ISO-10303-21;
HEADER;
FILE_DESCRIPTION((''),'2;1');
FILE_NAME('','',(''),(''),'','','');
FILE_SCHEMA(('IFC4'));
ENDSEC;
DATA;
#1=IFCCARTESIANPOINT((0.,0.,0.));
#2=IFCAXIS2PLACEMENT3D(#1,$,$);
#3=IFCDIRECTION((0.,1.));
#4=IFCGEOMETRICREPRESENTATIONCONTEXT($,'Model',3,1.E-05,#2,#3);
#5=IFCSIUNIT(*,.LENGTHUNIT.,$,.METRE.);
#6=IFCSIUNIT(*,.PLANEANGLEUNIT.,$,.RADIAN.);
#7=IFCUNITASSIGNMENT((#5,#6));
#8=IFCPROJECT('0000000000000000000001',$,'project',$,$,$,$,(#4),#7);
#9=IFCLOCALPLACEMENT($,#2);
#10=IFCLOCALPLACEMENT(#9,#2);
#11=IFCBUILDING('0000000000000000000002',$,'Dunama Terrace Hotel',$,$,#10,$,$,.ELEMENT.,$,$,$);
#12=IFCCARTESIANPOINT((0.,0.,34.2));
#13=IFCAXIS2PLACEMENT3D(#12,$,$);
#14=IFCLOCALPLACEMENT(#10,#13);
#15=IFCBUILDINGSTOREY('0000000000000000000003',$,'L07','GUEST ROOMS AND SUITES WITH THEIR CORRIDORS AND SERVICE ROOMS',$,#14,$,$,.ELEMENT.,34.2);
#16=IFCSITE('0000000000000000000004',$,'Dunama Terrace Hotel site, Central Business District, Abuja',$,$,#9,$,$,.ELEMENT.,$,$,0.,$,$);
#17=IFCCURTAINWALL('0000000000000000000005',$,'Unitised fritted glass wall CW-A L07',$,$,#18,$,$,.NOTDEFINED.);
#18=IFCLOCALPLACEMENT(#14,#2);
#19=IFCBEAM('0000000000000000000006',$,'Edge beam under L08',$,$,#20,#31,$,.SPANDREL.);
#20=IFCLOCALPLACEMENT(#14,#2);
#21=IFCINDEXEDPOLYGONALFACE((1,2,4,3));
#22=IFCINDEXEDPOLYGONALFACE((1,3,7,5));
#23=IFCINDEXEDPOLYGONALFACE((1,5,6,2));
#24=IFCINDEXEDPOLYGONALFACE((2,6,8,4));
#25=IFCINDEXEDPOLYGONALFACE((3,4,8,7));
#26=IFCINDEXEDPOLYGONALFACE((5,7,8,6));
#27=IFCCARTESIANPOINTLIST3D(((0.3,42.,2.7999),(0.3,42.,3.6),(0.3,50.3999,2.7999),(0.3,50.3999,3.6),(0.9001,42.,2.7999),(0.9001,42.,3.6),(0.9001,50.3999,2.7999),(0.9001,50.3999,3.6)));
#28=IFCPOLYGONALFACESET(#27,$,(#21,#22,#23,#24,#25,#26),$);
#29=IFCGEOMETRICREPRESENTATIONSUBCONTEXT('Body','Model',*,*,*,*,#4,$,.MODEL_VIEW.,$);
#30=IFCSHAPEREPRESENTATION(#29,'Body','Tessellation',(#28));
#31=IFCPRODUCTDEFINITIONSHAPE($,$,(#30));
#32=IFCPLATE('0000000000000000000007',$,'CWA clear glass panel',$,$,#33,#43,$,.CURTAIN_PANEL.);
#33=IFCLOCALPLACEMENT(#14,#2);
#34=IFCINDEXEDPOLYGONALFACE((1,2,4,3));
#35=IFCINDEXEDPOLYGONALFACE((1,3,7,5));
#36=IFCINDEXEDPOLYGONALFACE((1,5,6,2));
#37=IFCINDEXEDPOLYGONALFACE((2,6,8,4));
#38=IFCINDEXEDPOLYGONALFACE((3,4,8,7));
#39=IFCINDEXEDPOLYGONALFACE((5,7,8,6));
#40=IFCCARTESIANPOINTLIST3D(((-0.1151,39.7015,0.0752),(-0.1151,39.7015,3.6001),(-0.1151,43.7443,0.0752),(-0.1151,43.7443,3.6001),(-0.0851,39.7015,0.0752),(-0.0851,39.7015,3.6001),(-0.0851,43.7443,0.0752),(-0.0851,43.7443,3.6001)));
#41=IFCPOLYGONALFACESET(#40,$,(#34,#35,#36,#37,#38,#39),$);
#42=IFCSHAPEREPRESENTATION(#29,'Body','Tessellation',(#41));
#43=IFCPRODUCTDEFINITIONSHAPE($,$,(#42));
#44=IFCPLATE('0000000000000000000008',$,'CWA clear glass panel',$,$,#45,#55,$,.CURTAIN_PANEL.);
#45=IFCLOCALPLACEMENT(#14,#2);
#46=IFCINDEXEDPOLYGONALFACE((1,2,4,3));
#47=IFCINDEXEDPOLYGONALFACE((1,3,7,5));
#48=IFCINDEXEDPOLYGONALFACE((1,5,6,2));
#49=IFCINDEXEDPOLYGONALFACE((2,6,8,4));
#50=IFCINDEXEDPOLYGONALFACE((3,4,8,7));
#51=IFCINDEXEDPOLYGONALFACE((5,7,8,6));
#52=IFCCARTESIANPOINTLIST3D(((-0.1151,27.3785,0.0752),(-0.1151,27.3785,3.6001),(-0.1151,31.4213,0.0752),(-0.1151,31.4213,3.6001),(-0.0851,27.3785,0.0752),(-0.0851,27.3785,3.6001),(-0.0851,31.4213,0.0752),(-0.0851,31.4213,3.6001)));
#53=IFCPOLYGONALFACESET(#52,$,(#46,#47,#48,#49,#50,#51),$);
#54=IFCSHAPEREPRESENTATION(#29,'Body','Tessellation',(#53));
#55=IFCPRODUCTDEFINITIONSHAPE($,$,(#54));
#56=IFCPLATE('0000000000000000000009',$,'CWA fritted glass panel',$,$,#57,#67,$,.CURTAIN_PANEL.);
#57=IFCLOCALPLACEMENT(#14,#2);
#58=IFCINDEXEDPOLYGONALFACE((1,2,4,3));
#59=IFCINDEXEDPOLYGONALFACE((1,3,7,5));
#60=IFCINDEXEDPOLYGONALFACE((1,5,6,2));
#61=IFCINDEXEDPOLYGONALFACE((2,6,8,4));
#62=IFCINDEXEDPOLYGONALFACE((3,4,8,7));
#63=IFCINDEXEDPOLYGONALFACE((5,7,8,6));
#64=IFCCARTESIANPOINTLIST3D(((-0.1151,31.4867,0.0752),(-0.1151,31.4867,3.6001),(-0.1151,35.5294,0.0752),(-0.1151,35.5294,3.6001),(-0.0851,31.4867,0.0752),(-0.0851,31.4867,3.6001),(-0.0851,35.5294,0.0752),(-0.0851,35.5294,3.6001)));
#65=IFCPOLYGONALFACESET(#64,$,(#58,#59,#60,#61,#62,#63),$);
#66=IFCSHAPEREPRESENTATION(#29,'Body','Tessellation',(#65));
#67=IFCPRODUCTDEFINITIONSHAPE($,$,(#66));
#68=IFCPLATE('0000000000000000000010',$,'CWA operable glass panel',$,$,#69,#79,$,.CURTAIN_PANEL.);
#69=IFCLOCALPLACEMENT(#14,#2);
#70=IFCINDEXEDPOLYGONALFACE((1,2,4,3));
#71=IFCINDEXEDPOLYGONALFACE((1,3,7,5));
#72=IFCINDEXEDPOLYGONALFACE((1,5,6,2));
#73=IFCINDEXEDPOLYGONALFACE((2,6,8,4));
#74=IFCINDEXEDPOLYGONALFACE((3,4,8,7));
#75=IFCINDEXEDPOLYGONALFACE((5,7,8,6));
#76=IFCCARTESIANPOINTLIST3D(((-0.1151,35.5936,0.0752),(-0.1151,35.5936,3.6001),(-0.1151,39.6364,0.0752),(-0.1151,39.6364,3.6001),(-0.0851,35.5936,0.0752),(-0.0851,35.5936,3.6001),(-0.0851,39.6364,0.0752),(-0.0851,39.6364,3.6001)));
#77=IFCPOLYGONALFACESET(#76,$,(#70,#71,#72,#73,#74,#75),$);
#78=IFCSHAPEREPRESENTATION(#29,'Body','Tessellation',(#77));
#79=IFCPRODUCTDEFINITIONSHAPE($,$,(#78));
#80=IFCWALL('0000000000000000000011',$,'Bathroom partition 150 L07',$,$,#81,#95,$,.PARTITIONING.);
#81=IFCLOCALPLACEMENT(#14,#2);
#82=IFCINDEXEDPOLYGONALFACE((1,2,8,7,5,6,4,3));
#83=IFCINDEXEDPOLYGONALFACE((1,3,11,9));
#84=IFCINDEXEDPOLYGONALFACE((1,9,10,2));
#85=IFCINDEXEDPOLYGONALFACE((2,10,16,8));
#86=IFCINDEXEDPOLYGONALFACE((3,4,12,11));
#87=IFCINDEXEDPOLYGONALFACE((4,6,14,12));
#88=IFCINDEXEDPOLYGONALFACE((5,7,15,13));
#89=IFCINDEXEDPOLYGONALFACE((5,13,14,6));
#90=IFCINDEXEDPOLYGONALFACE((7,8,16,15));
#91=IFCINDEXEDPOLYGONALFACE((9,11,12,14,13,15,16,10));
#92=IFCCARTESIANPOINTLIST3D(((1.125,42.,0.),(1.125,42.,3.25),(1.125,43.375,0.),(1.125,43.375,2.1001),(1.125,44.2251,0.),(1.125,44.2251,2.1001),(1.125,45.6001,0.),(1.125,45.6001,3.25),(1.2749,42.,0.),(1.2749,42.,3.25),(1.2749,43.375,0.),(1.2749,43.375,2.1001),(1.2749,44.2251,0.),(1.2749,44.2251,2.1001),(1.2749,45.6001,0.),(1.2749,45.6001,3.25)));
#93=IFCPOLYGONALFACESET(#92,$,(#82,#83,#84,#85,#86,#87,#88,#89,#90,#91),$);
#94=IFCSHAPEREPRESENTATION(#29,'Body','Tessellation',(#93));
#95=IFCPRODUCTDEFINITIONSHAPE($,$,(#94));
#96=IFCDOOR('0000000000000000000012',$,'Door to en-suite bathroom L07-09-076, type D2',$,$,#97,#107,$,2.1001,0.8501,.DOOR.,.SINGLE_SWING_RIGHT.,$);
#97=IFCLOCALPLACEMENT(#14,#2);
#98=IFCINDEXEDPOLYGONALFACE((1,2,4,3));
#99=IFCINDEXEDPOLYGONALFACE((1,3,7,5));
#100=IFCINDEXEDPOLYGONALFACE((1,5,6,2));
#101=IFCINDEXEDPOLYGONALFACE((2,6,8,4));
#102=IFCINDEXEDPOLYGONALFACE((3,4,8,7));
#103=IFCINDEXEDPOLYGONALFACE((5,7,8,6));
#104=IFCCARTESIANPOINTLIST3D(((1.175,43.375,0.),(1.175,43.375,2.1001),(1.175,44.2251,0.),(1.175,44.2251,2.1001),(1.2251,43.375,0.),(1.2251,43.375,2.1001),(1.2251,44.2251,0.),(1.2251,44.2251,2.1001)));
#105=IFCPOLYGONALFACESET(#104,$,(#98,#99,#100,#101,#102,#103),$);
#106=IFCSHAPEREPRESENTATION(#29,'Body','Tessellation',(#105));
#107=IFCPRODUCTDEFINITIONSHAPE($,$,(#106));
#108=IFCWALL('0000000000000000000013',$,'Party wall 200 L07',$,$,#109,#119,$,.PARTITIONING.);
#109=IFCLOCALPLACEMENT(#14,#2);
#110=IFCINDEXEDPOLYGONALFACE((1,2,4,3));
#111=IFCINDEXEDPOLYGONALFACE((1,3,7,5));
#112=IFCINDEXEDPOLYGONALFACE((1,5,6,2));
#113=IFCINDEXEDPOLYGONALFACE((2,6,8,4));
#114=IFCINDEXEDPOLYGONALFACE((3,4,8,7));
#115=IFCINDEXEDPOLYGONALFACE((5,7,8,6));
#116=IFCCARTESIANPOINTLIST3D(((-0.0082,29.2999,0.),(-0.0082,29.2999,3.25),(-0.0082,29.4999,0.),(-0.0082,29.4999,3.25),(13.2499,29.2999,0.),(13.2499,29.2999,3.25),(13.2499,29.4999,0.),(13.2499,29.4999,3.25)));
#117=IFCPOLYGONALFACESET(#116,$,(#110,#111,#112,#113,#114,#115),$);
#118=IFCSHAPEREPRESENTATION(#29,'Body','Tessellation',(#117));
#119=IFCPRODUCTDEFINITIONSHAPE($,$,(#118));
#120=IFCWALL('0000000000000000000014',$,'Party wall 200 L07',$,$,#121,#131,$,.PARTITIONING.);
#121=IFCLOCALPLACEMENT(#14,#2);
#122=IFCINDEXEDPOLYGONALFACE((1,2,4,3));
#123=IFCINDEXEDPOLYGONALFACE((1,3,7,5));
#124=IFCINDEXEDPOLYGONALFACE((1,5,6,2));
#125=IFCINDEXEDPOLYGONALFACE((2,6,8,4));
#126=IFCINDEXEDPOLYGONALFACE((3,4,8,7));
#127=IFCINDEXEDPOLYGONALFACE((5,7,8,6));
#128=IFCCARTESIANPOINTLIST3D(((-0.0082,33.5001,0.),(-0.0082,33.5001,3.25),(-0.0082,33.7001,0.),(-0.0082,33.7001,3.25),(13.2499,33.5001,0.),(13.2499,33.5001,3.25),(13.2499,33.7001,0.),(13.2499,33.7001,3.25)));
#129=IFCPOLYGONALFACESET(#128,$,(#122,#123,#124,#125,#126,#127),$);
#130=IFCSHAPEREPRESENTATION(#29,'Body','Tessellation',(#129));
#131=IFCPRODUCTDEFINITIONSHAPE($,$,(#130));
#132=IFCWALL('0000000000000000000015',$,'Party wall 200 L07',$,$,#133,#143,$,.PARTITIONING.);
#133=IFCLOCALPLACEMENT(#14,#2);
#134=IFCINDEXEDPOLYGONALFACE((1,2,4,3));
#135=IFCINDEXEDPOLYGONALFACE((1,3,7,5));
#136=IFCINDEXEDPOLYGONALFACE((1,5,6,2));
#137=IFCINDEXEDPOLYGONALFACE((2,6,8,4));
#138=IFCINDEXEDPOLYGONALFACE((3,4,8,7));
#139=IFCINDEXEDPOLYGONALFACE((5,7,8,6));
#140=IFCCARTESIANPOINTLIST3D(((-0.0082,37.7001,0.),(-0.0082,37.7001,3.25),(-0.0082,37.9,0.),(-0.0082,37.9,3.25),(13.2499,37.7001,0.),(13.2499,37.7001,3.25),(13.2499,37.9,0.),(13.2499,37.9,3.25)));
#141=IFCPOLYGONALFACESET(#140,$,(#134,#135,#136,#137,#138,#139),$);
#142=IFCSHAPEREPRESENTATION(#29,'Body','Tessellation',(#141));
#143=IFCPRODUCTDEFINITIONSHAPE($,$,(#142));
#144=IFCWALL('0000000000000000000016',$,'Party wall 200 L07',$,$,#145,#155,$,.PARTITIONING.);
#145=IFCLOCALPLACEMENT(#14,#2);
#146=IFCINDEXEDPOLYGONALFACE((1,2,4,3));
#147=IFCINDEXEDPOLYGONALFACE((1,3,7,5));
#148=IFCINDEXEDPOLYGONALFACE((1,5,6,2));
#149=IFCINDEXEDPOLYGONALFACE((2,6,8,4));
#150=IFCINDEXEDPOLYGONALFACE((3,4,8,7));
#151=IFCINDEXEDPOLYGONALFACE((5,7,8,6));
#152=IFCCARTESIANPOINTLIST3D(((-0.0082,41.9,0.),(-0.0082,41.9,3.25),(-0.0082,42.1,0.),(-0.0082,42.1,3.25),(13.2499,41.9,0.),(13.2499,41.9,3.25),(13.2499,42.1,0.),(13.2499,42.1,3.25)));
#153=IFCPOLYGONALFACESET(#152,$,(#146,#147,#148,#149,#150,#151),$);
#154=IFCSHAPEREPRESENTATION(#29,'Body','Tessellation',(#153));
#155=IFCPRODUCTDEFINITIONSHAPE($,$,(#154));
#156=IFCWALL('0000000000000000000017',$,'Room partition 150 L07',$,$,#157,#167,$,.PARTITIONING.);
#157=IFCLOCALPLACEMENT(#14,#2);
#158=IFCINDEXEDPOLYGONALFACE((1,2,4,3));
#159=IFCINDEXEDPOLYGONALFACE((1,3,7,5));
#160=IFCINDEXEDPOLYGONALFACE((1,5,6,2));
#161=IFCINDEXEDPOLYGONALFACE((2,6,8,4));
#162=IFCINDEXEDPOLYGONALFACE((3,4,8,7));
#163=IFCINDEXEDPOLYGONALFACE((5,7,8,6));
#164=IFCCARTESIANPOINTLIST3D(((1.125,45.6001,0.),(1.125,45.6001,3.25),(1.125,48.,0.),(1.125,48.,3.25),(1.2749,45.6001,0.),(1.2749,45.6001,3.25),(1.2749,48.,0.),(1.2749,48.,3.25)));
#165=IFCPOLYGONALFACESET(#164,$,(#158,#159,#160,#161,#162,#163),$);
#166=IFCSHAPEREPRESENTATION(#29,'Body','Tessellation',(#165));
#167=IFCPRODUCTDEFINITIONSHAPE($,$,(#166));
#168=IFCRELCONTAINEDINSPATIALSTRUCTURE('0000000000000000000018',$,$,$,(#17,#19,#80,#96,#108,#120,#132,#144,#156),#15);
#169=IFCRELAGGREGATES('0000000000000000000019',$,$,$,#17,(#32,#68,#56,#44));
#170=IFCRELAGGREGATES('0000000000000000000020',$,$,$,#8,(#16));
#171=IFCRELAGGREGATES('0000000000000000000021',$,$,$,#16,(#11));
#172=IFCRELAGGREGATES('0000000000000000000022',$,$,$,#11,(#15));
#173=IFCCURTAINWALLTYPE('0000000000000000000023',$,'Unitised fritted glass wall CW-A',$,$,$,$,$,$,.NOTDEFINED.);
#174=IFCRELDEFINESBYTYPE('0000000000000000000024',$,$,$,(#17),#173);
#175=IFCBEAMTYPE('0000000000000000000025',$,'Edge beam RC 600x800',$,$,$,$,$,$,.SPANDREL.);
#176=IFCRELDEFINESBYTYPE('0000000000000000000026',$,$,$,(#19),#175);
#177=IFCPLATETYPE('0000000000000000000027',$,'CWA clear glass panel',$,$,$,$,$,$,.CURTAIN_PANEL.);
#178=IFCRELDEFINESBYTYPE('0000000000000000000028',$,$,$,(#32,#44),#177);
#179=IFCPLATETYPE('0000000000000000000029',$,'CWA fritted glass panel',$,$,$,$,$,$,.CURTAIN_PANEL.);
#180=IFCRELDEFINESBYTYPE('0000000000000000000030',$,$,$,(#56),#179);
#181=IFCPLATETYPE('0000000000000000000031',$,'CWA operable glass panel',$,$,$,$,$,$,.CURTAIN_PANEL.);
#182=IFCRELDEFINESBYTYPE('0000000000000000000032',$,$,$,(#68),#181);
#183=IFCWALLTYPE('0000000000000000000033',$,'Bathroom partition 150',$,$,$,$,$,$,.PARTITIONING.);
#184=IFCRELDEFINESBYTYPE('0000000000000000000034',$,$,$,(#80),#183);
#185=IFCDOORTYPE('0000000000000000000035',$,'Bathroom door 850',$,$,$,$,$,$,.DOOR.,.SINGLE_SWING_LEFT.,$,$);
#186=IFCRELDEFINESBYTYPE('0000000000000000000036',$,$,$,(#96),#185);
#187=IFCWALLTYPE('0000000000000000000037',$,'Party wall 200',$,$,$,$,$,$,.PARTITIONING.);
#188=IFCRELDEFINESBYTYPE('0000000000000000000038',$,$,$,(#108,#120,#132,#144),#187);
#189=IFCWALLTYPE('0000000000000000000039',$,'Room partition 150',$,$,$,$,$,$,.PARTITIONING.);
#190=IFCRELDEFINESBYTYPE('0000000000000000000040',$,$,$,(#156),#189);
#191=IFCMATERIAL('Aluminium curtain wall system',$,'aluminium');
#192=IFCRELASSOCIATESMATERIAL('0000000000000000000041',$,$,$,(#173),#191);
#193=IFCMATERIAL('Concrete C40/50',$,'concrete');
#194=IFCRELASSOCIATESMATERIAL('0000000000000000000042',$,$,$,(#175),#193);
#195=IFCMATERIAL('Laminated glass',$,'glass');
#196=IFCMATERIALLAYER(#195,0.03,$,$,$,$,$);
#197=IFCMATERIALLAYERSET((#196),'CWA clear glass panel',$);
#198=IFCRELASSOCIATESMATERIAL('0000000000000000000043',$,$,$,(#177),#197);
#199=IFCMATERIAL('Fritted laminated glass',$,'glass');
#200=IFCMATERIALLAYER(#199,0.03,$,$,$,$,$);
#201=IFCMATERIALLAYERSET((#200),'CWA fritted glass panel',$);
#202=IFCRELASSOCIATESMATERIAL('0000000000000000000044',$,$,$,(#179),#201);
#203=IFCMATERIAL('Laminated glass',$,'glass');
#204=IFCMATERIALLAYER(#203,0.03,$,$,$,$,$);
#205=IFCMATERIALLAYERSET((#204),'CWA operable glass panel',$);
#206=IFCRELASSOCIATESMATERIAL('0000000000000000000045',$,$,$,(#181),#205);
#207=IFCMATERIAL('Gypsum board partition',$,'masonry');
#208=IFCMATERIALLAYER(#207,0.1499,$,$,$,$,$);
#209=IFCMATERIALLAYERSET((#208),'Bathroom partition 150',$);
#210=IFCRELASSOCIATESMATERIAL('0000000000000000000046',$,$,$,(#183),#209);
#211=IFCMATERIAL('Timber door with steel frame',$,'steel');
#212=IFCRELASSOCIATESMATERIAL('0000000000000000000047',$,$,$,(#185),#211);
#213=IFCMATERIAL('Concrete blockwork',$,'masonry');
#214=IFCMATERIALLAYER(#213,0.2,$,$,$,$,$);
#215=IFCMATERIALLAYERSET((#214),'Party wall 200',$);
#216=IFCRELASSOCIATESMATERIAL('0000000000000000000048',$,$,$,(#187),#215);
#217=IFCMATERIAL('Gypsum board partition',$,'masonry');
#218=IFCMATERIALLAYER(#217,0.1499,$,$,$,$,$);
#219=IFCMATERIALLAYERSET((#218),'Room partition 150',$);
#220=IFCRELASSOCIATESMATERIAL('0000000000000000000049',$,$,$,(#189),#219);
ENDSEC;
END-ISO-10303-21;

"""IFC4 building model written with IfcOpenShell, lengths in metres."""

from ifc_helpers import new_model, si_unit, direction, frame, frame_2d, origin, origin_2d, place, context, subcontext, project, spatial, rectangle, extrude, material, layer, layer_set, material_profile, profile_set, type_object, element, fill, aggregate, save


model = new_model("IFC4")

# Units and contexts
model_context = context("Model", 3, precision=1e-05, world=origin(), true_north=direction((0.0, 1.0)))
body_context = subcontext(model_context, "Body", "Model", "MODEL_VIEW")
ifc_project = project(units=[si_unit("LENGTHUNIT", "METRE"), si_unit("PLANEANGLEUNIT", "RADIAN")], contexts=[model_context])

# Site, building, storey
site_placement = place(None, origin())
site = spatial("IfcSite", under=ifc_project, at=site_placement, Name="Dunama Terrace Hotel site, Central Business District, Abuja", CompositionType="ELEMENT", RefElevation=0.0)
building_placement = place(site_placement, origin())
building = spatial("IfcBuilding", under=site, at=building_placement, Name="Dunama Terrace Hotel", CompositionType="ELEMENT")
storey_placement = place(building_placement, frame((0.0, 0.0, 34.2)))
storey = spatial("IfcBuildingStorey", under=building, at=storey_placement, Name="L07", Description="GUEST ROOMS AND SUITES WITH THEIR CORRIDORS AND SERVICE ROOMS", CompositionType="ELEMENT", Elevation=34.2)

# Curtain wall
ifc_material_1 = material(Name="Aluminium curtain wall system", Category="aluminium")
curtain_wall_type = type_object("IfcCurtainWallType", Name="Unitised fritted glass wall CW-A", PredefinedType="NOTDEFINED", material=ifc_material_1)
curtain_wall_placement = place(storey_placement, origin())
curtain_wall = element("IfcCurtainWall", 1, at=curtain_wall_placement, inside=storey, type_object=curtain_wall_type, Name="Unitised fritted glass wall CW-A L07", PredefinedType="NOTDEFINED")

# Beam
ifc_material_2 = material(Name="Concrete C40/50", Category="concrete")
ifc_material_profile_1 = material_profile(ifc_material_2, rectangle(XDim=0.6001, YDim=0.8, at=origin_2d()), Name="RC 600x800")
ifc_profile_set_1 = profile_set([ifc_material_profile_1], Name="Concrete C40/50")
beam_type = type_object("IfcBeamType", Name="Edge beam RC 600x800", PredefinedType="SPANDREL", material=ifc_profile_set_1)
for number, where, z_axis, x_axis, name in (
    (2, (0.6001, 42.0, 3.2), (0.0, 1.0, 0.0), (-1.0, 0.0, 0.0), "Edge beam under L08"),
):
    element("IfcBeam", number, at=place(storey_placement, frame(where, z_axis=z_axis, x_axis=x_axis)), inside=storey, type_object=beam_type, Name=name, PredefinedType="SPANDREL", context=body_context, shape_type="SweptSolid", body=[
        extrude(rectangle(XDim=0.6001, YDim=0.8, at=origin_2d()), origin(), (0.0, 0.0, 1.0), 8.3999),
    ])

# Plates
ifc_material_3 = material(Name="Laminated glass", Category="glass")
ifc_layer_1 = layer(ifc_material_3, 0.03)
ifc_layer_set_1 = layer_set([ifc_layer_1], Name="CWA clear glass panel")
plate_type_1 = type_object("IfcPlateType", Name="CWA clear glass panel", PredefinedType="CURTAIN_PANEL", material=ifc_layer_set_1)
plate_1_placement = place(storey_placement, frame((-0.1001, 41.7229, 0.0752), z_axis=(0.0, 0.0, 1.0), x_axis=(0.0, -1.0, 0.0)))
plate_1 = element("IfcPlate", 3, at=plate_1_placement, type_object=plate_type_1, Name="CWA clear glass panel", PredefinedType="CURTAIN_PANEL", context=body_context, shape_type="SweptSolid", body=[
    extrude(rectangle(XDim=4.0427, YDim=0.03, at=origin_2d()), origin(), (0.0, 0.0, 1.0), 3.5249),
])
plate_2_placement = place(storey_placement, frame((-0.1001, 29.3999, 0.0752), z_axis=(0.0, 0.0, 1.0), x_axis=(0.0, -1.0, 0.0)))
plate_2 = element("IfcPlate", 4, at=plate_2_placement, type_object=plate_type_1, Name="CWA clear glass panel", PredefinedType="CURTAIN_PANEL", context=body_context, shape_type="SweptSolid", body=[
    extrude(rectangle(XDim=4.0427, YDim=0.03, at=origin_2d()), origin(), (0.0, 0.0, 1.0), 3.5249),
])
ifc_material_4 = material(Name="Fritted laminated glass", Category="glass")
ifc_layer_2 = layer(ifc_material_4, 0.03)
ifc_layer_set_2 = layer_set([ifc_layer_2], Name="CWA fritted glass panel")
plate_type_2 = type_object("IfcPlateType", Name="CWA fritted glass panel", PredefinedType="CURTAIN_PANEL", material=ifc_layer_set_2)
plate_3_placement = place(storey_placement, frame((-0.1001, 33.5081, 0.0752), z_axis=(0.0, 0.0, 1.0), x_axis=(0.0, -1.0, 0.0)))
plate_3 = element("IfcPlate", 5, at=plate_3_placement, type_object=plate_type_2, Name="CWA fritted glass panel", PredefinedType="CURTAIN_PANEL", context=body_context, shape_type="SweptSolid", body=[
    extrude(rectangle(XDim=4.0427, YDim=0.03, at=origin_2d()), origin(), (0.0, 0.0, 1.0), 3.5249),
])
ifc_material_5 = material(Name="Laminated glass", Category="glass")
ifc_layer_3 = layer(ifc_material_5, 0.03)
ifc_layer_set_3 = layer_set([ifc_layer_3], Name="CWA operable glass panel")
plate_type_3 = type_object("IfcPlateType", Name="CWA operable glass panel", PredefinedType="CURTAIN_PANEL", material=ifc_layer_set_3)
plate_4_placement = place(storey_placement, frame((-0.1001, 37.615, 0.0752), z_axis=(0.0, 0.0, 1.0), x_axis=(0.0, -1.0, 0.0)))
plate_4 = element("IfcPlate", 6, at=plate_4_placement, type_object=plate_type_3, Name="CWA operable glass panel", PredefinedType="CURTAIN_PANEL", context=body_context, shape_type="SweptSolid", body=[
    extrude(rectangle(XDim=4.0427, YDim=0.03, at=origin_2d()), origin(), (0.0, 0.0, 1.0), 3.5249),
])
aggregate(curtain_wall, [plate_1, plate_4, plate_3, plate_2])

# Wall, opening, door
ifc_material_6 = material(Name="Gypsum board partition", Category="masonry")
ifc_layer_4 = layer(ifc_material_6, 0.1499)
ifc_layer_set_4 = layer_set([ifc_layer_4], Name="Bathroom partition 150")
wall_type_1 = type_object("IfcWallType", Name="Bathroom partition 150", PredefinedType="PARTITIONING", material=ifc_layer_set_4)
wall_1_placement = place(storey_placement, frame((1.2, 42.0, 0.0), z_axis=(0.0, 0.0, 1.0), x_axis=(0.0, 1.0, 0.0)))
wall_1 = element("IfcWall", 7, at=wall_1_placement, inside=storey, type_object=wall_type_1, Name="Bathroom partition 150 L07", PredefinedType="PARTITIONING", context=body_context, shape_type="SweptSolid", body=[
    extrude(rectangle(XDim=3.6001, YDim=0.1499, at=frame_2d((1.8, 0.0))), origin(), (0.0, 0.0, 1.0), 3.25),
])
opening_1_placement = place(wall_1_placement, frame((1.375, 0.0, 0.0)))
opening_1 = element("IfcOpeningElement", 8, at=opening_1_placement, cuts=wall_1, PredefinedType="OPENING", context=body_context, shape_type="SweptSolid", body=[
    extrude(rectangle(XDim=0.8501, YDim=2.1001, at=frame_2d((0.425, 1.05))), frame((0.0, 0.085, 0.0), z_axis=(0.0, -1.0, 0.0), x_axis=(1.0, 0.0, 0.0)), (0.0, 0.0, 1.0), 0.1699),
])
ifc_material_7 = material(Name="Timber door with steel frame", Category="steel")
door_type_1 = type_object("IfcDoorType", Name="Bathroom door 850", OperationType="SINGLE_SWING_LEFT", PredefinedType="DOOR", material=ifc_material_7)
door_1_placement = place(opening_1_placement, frame((0.8501, 0.0, 0.0), z_axis=(0.0, 0.0, 1.0), x_axis=(-1.0, 0.0, 0.0)))
door_1 = element("IfcDoor", 9, at=door_1_placement, inside=storey, type_object=door_type_1, Name="Door to en-suite bathroom L07-09-076, type D2", OperationType="SINGLE_SWING_RIGHT", OverallHeight=2.1001, OverallWidth=0.8501, PredefinedType="DOOR", context=body_context, shape_type="SweptSolid", body=[
    extrude(rectangle(XDim=0.8501, YDim=2.1001, at=frame_2d((0.425, 1.05))), frame((0.0, 0.0251, 0.0), z_axis=(0.0, -1.0, 0.0), x_axis=(1.0, 0.0, 0.0)), (0.0, 0.0, 1.0), 0.05),
])
fill(opening_1, door_1)

# Walls
ifc_material_8 = material(Name="Concrete blockwork", Category="masonry")
ifc_layer_5 = layer(ifc_material_8, 0.2)
ifc_layer_set_5 = layer_set([ifc_layer_5], Name="Party wall 200")
wall_type_2 = type_object("IfcWallType", Name="Party wall 200", PredefinedType="PARTITIONING", material=ifc_layer_set_5)
for number, where, z_axis, x_axis, name in (
    (10, (-0.0081, 29.3999, 0.0), (0.0, 0.0, 1.0), (1.0, 0.0, 0.0), "Party wall 200 L07"),
    (11, (-0.0081, 33.6001, 0.0), (0.0, 0.0, 1.0), (1.0, 0.0, 0.0), "Party wall 200 L07"),
    (12, (-0.0081, 37.8, 0.0), (0.0, 0.0, 1.0), (1.0, 0.0, 0.0), "Party wall 200 L07"),
    (13, (-0.0081, 42.0, 0.0), (0.0, 0.0, 1.0), (1.0, 0.0, 0.0), "Party wall 200 L07"),
):
    element("IfcWall", number, at=place(storey_placement, frame(where, z_axis=z_axis, x_axis=x_axis)), inside=storey, type_object=wall_type_2, Name=name, PredefinedType="PARTITIONING", context=body_context, shape_type="SweptSolid", body=[
        extrude(rectangle(XDim=13.2581, YDim=0.2, at=frame_2d((6.6289, 0.0))), origin(), (0.0, 0.0, 1.0), 3.25),
    ])
ifc_material_9 = material(Name="Gypsum board partition", Category="masonry")
ifc_layer_6 = layer(ifc_material_9, 0.1499)
ifc_layer_set_6 = layer_set([ifc_layer_6], Name="Room partition 150")
wall_type_3 = type_object("IfcWallType", Name="Room partition 150", PredefinedType="PARTITIONING", material=ifc_layer_set_6)
wall_2_placement = place(storey_placement, frame((1.2, 45.6001, 0.0), z_axis=(0.0, 0.0, 1.0), x_axis=(0.0, 1.0, 0.0)))
element("IfcWall", 14, at=wall_2_placement, inside=storey, type_object=wall_type_3, Name="Room partition 150 L07", PredefinedType="PARTITIONING", context=body_context, shape_type="SweptSolid", body=[
    extrude(rectangle(XDim=2.3999, YDim=0.1499, at=frame_2d((1.2, 0.0))), origin(), (0.0, 0.0, 1.0), 3.25),
])

save(model, "model.ifc")
